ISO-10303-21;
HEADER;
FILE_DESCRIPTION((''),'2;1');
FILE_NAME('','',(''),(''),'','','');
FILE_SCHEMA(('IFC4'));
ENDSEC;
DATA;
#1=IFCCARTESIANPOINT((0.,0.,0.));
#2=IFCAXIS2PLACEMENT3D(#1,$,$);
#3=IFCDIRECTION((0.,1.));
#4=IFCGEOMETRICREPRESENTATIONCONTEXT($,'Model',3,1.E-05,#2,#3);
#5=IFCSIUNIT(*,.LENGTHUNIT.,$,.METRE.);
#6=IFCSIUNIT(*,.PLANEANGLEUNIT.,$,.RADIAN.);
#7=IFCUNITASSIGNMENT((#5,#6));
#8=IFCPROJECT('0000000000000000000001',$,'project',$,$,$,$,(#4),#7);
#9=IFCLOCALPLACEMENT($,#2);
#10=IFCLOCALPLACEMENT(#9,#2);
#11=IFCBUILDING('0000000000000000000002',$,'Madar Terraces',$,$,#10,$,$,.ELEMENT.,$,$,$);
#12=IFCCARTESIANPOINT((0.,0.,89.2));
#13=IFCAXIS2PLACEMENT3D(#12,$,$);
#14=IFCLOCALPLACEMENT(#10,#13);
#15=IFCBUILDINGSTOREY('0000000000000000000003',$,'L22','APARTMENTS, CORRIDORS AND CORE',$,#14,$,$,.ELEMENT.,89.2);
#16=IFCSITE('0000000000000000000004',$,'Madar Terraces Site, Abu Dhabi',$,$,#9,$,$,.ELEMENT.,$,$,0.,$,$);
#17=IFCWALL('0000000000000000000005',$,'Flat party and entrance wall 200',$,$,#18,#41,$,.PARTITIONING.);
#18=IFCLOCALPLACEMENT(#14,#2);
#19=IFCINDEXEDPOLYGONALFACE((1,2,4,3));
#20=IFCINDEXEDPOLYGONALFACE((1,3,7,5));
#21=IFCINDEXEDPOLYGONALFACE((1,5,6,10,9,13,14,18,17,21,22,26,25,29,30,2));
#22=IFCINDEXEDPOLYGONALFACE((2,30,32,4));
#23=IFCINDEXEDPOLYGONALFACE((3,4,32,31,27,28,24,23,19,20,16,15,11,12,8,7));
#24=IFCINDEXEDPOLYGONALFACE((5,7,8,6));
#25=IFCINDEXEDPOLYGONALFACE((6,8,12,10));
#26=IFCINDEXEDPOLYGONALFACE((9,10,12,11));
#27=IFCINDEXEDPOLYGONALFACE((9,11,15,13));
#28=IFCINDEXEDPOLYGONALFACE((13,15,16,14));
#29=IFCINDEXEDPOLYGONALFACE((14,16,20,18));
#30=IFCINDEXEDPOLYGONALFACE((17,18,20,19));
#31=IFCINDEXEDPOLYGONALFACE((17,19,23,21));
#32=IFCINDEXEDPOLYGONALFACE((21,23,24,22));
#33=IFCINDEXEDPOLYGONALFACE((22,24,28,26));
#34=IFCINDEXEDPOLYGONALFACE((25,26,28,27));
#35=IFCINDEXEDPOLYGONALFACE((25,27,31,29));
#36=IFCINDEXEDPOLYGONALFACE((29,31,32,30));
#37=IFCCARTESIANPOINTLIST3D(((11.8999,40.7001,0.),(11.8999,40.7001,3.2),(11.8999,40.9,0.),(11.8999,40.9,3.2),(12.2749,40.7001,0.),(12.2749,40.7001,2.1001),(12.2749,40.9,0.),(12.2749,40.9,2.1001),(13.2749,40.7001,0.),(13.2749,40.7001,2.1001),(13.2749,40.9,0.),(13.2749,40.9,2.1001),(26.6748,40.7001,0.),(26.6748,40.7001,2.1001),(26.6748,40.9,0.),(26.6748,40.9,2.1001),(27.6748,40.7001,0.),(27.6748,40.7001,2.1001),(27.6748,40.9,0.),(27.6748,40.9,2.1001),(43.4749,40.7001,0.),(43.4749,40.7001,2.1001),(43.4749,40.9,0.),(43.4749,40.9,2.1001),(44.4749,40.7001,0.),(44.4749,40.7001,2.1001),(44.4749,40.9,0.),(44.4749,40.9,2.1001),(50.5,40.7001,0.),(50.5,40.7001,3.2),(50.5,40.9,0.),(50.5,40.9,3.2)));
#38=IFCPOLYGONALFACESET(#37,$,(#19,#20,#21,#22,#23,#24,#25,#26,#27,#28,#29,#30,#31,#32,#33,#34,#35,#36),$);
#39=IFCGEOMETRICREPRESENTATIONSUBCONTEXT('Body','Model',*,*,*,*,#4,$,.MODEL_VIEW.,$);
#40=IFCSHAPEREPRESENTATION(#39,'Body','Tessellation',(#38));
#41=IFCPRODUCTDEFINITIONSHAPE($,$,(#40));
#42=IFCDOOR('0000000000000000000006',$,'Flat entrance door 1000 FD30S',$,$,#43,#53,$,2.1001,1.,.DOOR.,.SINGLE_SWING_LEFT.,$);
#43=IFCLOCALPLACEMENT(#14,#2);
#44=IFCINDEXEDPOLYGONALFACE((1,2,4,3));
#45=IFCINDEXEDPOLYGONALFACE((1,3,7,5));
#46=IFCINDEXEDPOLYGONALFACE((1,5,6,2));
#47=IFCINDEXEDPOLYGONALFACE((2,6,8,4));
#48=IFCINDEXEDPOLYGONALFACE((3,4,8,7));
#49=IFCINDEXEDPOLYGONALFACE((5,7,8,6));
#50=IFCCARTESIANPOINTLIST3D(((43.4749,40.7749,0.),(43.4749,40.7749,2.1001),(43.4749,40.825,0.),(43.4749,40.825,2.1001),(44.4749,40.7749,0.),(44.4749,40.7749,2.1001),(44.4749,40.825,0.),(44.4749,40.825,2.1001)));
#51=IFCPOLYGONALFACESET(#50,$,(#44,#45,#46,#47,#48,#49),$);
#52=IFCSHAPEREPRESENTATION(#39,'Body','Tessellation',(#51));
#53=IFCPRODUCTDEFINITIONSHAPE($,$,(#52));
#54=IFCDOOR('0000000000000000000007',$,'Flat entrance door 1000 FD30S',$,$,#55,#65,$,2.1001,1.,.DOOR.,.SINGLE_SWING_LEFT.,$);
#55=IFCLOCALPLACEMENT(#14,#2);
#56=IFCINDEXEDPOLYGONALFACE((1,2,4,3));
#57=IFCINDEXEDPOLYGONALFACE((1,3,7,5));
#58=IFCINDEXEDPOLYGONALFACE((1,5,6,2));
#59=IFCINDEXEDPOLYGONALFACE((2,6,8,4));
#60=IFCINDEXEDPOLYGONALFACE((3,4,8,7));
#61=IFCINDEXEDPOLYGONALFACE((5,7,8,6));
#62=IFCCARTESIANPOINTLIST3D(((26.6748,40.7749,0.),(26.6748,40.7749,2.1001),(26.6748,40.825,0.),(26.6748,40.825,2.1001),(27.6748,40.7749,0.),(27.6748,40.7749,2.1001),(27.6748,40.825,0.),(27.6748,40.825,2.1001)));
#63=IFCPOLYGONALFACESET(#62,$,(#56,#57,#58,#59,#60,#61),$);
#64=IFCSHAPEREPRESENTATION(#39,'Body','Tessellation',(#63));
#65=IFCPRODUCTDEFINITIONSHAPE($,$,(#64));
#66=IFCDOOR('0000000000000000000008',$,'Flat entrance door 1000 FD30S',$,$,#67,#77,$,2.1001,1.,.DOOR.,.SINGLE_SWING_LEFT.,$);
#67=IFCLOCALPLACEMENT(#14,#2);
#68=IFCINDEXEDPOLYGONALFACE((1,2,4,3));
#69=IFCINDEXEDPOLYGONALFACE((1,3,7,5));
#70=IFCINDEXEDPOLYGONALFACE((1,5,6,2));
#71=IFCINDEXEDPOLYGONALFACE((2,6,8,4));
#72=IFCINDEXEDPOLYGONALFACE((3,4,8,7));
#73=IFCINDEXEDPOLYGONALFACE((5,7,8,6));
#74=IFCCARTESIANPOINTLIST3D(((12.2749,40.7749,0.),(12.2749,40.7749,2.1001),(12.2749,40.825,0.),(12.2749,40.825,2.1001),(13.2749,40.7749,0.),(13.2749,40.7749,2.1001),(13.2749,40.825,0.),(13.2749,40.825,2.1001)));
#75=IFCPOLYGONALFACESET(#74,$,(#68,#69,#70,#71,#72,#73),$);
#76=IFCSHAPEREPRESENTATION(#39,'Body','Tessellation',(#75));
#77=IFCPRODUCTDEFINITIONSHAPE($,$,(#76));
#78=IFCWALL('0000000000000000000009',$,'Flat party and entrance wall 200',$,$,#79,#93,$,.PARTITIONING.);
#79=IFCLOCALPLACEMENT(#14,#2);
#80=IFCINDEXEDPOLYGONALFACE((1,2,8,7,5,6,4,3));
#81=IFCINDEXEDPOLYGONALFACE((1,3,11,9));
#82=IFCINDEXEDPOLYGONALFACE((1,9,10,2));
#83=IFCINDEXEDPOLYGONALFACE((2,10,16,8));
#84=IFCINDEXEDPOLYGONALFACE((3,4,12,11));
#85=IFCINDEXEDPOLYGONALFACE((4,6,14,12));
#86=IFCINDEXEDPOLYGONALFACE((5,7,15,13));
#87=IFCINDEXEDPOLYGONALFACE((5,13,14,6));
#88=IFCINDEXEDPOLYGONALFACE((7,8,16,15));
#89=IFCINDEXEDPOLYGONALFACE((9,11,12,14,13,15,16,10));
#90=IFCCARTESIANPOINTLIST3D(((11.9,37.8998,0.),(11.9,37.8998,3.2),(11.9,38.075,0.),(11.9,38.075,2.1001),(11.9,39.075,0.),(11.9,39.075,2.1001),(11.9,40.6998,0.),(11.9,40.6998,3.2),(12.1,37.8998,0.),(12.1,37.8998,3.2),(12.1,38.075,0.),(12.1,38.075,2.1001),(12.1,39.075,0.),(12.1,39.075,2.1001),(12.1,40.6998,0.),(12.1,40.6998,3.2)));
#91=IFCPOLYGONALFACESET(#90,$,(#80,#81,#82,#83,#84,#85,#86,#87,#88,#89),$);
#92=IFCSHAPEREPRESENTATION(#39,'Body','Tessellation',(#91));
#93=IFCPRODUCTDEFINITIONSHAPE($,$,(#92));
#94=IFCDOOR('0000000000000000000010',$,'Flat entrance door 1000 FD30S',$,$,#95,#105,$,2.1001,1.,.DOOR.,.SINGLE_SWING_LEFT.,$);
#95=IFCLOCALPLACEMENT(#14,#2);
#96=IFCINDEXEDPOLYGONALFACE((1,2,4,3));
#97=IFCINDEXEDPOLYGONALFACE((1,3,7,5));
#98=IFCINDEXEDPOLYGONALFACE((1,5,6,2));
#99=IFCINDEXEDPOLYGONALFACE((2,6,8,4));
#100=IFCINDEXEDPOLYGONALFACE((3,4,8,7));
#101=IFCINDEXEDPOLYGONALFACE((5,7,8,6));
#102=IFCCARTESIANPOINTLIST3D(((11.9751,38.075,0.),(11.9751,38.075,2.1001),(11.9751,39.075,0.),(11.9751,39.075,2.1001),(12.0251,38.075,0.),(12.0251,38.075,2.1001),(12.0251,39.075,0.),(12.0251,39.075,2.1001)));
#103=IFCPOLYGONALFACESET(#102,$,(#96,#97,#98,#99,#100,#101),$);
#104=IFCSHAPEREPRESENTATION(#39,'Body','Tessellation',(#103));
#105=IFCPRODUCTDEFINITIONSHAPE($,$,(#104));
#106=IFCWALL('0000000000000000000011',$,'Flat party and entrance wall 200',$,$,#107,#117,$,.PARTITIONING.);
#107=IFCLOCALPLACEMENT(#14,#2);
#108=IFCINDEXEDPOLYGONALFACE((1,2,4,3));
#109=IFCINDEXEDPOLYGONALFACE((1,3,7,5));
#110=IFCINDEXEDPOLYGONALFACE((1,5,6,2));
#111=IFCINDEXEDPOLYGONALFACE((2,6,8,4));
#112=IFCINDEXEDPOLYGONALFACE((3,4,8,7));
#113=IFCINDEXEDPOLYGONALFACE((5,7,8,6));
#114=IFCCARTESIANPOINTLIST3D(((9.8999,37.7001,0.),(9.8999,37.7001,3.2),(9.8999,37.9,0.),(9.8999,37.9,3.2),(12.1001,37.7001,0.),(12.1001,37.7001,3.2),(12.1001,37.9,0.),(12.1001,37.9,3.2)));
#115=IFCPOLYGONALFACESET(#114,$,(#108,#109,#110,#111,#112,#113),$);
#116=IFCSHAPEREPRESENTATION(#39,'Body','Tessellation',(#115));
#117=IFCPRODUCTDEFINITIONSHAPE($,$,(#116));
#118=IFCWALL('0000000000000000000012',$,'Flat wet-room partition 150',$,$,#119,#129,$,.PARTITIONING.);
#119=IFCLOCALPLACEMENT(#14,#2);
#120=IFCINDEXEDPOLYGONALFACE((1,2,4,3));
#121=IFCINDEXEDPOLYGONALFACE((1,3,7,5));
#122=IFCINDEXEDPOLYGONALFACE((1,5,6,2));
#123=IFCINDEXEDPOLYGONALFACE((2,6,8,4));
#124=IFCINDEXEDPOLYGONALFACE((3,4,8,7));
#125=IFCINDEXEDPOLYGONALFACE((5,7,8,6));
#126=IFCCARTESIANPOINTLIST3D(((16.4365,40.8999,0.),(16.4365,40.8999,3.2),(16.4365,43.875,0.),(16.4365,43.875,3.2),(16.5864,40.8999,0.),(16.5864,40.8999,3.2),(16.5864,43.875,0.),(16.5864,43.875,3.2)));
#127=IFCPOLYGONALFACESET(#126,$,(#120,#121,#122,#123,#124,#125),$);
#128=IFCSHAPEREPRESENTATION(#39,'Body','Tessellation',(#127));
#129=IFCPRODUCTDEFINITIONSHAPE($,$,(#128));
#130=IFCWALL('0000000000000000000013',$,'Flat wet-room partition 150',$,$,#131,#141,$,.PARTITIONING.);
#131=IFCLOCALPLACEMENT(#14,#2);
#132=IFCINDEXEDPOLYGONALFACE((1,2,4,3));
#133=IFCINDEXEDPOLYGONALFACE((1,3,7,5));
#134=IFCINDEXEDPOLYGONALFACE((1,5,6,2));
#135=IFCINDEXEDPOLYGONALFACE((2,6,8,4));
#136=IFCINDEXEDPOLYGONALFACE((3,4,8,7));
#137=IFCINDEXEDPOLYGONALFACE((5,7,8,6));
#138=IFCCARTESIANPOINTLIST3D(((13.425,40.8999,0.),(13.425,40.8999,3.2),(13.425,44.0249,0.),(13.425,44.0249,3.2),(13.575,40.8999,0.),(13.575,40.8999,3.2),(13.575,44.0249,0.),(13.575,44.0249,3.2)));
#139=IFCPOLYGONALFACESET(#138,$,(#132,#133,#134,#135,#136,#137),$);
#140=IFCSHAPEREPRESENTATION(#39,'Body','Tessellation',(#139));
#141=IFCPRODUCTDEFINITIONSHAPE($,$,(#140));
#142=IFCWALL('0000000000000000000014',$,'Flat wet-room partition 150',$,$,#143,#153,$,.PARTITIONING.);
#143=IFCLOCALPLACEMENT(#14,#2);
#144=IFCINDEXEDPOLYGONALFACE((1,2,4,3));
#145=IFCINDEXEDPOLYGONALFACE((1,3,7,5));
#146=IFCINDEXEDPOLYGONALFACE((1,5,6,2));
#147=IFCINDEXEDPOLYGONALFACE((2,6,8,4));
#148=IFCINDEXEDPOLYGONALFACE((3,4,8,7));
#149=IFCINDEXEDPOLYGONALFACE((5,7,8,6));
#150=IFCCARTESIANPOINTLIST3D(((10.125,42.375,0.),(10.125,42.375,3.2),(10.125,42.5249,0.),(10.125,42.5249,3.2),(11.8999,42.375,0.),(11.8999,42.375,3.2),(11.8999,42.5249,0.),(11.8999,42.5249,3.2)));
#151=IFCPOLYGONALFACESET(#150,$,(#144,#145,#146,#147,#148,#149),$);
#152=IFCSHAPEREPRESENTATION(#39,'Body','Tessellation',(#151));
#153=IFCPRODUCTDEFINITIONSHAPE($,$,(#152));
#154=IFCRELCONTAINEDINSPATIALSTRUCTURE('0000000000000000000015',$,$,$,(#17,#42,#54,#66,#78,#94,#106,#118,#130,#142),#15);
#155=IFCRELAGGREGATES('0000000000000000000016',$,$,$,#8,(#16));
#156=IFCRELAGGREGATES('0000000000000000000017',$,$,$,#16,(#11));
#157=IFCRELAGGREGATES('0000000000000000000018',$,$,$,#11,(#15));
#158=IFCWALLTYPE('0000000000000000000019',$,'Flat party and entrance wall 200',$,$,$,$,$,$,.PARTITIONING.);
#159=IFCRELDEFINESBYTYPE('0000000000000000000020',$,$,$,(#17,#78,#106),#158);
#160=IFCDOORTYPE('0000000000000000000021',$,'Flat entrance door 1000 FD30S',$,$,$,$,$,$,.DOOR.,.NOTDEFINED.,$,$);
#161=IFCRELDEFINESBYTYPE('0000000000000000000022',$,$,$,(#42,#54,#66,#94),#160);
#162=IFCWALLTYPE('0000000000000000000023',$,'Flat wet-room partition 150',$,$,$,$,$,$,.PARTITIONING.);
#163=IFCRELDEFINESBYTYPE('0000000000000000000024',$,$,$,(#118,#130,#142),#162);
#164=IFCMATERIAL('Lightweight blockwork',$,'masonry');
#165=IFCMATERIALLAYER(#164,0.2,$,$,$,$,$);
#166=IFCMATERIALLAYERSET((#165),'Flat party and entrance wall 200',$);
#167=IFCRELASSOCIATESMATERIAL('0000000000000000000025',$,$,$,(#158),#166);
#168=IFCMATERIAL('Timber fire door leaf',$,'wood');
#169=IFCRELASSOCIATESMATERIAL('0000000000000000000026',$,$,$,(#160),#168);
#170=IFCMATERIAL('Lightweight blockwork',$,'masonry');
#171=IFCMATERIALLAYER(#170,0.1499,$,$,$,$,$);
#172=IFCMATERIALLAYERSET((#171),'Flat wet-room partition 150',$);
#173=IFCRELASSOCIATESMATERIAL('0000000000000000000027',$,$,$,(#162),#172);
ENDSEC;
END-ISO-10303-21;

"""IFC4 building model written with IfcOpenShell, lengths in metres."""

from ifc_helpers import new_model, si_unit, direction, frame, frame_2d, origin, place, context, subcontext, project, spatial, rectangle, extrude, material, layer, layer_set, type_object, element, fill, save


model = new_model("IFC4")

# Units and contexts
model_context = context("Model", 3, precision=1e-05, world=origin(), true_north=direction((0.0, 1.0)))
body_context = subcontext(model_context, "Body", "Model", "MODEL_VIEW")
ifc_project = project(units=[si_unit("LENGTHUNIT", "METRE"), si_unit("PLANEANGLEUNIT", "RADIAN")], contexts=[model_context])

# Site, building, storey
site_placement = place(None, origin())
site = spatial("IfcSite", under=ifc_project, at=site_placement, Name="Madar Terraces Site, Abu Dhabi", CompositionType="ELEMENT", RefElevation=0.0)
building_placement = place(site_placement, origin())
building = spatial("IfcBuilding", under=site, at=building_placement, Name="Madar Terraces", CompositionType="ELEMENT")
storey_placement = place(building_placement, frame((0.0, 0.0, 89.2)))
storey = spatial("IfcBuildingStorey", under=building, at=storey_placement, Name="L22", Description="APARTMENTS, CORRIDORS AND CORE", CompositionType="ELEMENT", Elevation=89.2)

# Wall, openings, doors
ifc_material_1 = material(Name="Lightweight blockwork", Category="masonry")
ifc_layer_1 = layer(ifc_material_1, 0.2)
ifc_layer_set_1 = layer_set([ifc_layer_1], Name="Flat party and entrance wall 200")
wall_type_1 = type_object("IfcWallType", Name="Flat party and entrance wall 200", PredefinedType="PARTITIONING", material=ifc_layer_set_1)
wall_1_placement = place(storey_placement, frame((11.8999, 40.8, 0.0), z_axis=(0.0, 0.0, 1.0), x_axis=(1.0, 0.0, 0.0)))
wall_1 = element("IfcWall", 1, at=wall_1_placement, inside=storey, type_object=wall_type_1, Name="Flat party and entrance wall 200", PredefinedType="PARTITIONING", context=body_context, shape_type="SweptSolid", body=[
    extrude(rectangle(XDim=38.6001, YDim=0.2, at=frame_2d((19.3, 0.0))), origin(), (0.0, 0.0, 1.0), 3.2),
])
opening_1_placement = place(wall_1_placement, frame((31.575, 0.0, 0.0)))
opening_1 = element("IfcOpeningElement", 2, at=opening_1_placement, cuts=wall_1, PredefinedType="OPENING", context=body_context, shape_type="SweptSolid", body=[
    extrude(rectangle(XDim=1.0, YDim=2.1001, at=frame_2d((0.5, 1.05))), frame((0.0, 0.1099, 0.0), z_axis=(0.0, -1.0, 0.0), x_axis=(1.0, 0.0, 0.0)), (0.0, 0.0, 1.0), 0.22),
])
opening_2_placement = place(wall_1_placement, frame((14.7749, 0.0, 0.0)))
opening_2 = element("IfcOpeningElement", 3, at=opening_2_placement, cuts=wall_1, PredefinedType="OPENING", context=body_context, shape_type="SweptSolid", body=[
    extrude(rectangle(XDim=1.0, YDim=2.1001, at=frame_2d((0.5, 1.05))), frame((0.0, 0.1099, 0.0), z_axis=(0.0, -1.0, 0.0), x_axis=(1.0, 0.0, 0.0)), (0.0, 0.0, 1.0), 0.22),
])
opening_3_placement = place(wall_1_placement, frame((0.375, 0.0, 0.0)))
opening_3 = element("IfcOpeningElement", 4, at=opening_3_placement, cuts=wall_1, PredefinedType="OPENING", context=body_context, shape_type="SweptSolid", body=[
    extrude(rectangle(XDim=1.0, YDim=2.1001, at=frame_2d((0.5, 1.05))), frame((0.0, 0.1099, 0.0), z_axis=(0.0, -1.0, 0.0), x_axis=(1.0, 0.0, 0.0)), (0.0, 0.0, 1.0), 0.22),
])
ifc_material_2 = material(Name="Timber fire door leaf", Category="wood")
door_type_1 = type_object("IfcDoorType", Name="Flat entrance door 1000 FD30S", OperationType="NOTDEFINED", PredefinedType="DOOR", material=ifc_material_2)
door_1_placement = place(opening_1_placement, origin())
door_1 = element("IfcDoor", 5, at=door_1_placement, inside=storey, type_object=door_type_1, Name="Flat entrance door 1000 FD30S", OperationType="SINGLE_SWING_LEFT", OverallHeight=2.1001, OverallWidth=1.0, PredefinedType="DOOR", context=body_context, shape_type="SweptSolid", body=[
    extrude(rectangle(XDim=1.0, YDim=2.1001, at=frame_2d((0.5, 1.05))), frame((0.0, 0.0249, 0.0), z_axis=(0.0, -1.0, 0.0), x_axis=(1.0, 0.0, 0.0)), (0.0, 0.0, 1.0), 0.05),
])
fill(opening_1, door_1)
door_2_placement = place(opening_2_placement, origin())
door_2 = element("IfcDoor", 6, at=door_2_placement, inside=storey, type_object=door_type_1, Name="Flat entrance door 1000 FD30S", OperationType="SINGLE_SWING_LEFT", OverallHeight=2.1001, OverallWidth=1.0, PredefinedType="DOOR", context=body_context, shape_type="SweptSolid", body=[
    extrude(rectangle(XDim=1.0, YDim=2.1001, at=frame_2d((0.5, 1.05))), frame((0.0, 0.0249, 0.0), z_axis=(0.0, -1.0, 0.0), x_axis=(1.0, 0.0, 0.0)), (0.0, 0.0, 1.0), 0.05),
])
fill(opening_2, door_2)
door_3_placement = place(opening_3_placement, origin())
door_3 = element("IfcDoor", 7, at=door_3_placement, inside=storey, type_object=door_type_1, Name="Flat entrance door 1000 FD30S", OperationType="SINGLE_SWING_LEFT", OverallHeight=2.1001, OverallWidth=1.0, PredefinedType="DOOR", context=body_context, shape_type="SweptSolid", body=[
    extrude(rectangle(XDim=1.0, YDim=2.1001, at=frame_2d((0.5, 1.05))), frame((0.0, 0.0249, 0.0), z_axis=(0.0, -1.0, 0.0), x_axis=(1.0, 0.0, 0.0)), (0.0, 0.0, 1.0), 0.05),
])
fill(opening_3, door_3)

# Wall, opening, door
wall_2_placement = place(storey_placement, frame((12.0, 37.8999, 0.0), z_axis=(0.0, 0.0, 1.0), x_axis=(0.0, 1.0, 0.0)))
wall_2 = element("IfcWall", 8, at=wall_2_placement, inside=storey, type_object=wall_type_1, Name="Flat party and entrance wall 200", PredefinedType="PARTITIONING", context=body_context, shape_type="SweptSolid", body=[
    extrude(rectangle(XDim=2.8, YDim=0.2, at=frame_2d((1.3999, 0.0))), origin(), (0.0, 0.0, 1.0), 3.2),
])
opening_4_placement = place(wall_2_placement, frame((0.175, 0.0, 0.0)))
opening_4 = element("IfcOpeningElement", 9, at=opening_4_placement, cuts=wall_2, PredefinedType="OPENING", context=body_context, shape_type="SweptSolid", body=[
    extrude(rectangle(XDim=1.0, YDim=2.1001, at=frame_2d((0.5, 1.05))), frame((0.0, 0.1099, 0.0), z_axis=(0.0, -1.0, 0.0), x_axis=(1.0, 0.0, 0.0)), (0.0, 0.0, 1.0), 0.22),
])
door_4_placement = place(opening_4_placement, origin())
door_4 = element("IfcDoor", 10, at=door_4_placement, inside=storey, type_object=door_type_1, Name="Flat entrance door 1000 FD30S", OperationType="SINGLE_SWING_LEFT", OverallHeight=2.1001, OverallWidth=1.0, PredefinedType="DOOR", context=body_context, shape_type="SweptSolid", body=[
    extrude(rectangle(XDim=1.0, YDim=2.1001, at=frame_2d((0.5, 1.05))), frame((0.0, 0.0249, 0.0), z_axis=(0.0, -1.0, 0.0), x_axis=(1.0, 0.0, 0.0)), (0.0, 0.0, 1.0), 0.05),
])
fill(opening_4, door_4)

# Walls
wall_3_placement = place(storey_placement, frame((12.1001, 37.8, 0.0), z_axis=(0.0, 0.0, 1.0), x_axis=(-1.0, 0.0, 0.0)))
element("IfcWall", 11, at=wall_3_placement, inside=storey, type_object=wall_type_1, Name="Flat party and entrance wall 200", PredefinedType="PARTITIONING", context=body_context, shape_type="SweptSolid", body=[
    extrude(rectangle(XDim=2.2002, YDim=0.2, at=frame_2d((1.1001, 0.0))), origin(), (0.0, 0.0, 1.0), 3.2),
])
ifc_material_3 = material(Name="Lightweight blockwork", Category="masonry")
ifc_layer_2 = layer(ifc_material_3, 0.1499)
ifc_layer_set_2 = layer_set([ifc_layer_2], Name="Flat wet-room partition 150")
wall_type_2 = type_object("IfcWallType", Name="Flat wet-room partition 150", PredefinedType="PARTITIONING", material=ifc_layer_set_2)
wall_4_placement = place(storey_placement, frame((16.5115, 40.8999, 0.0), z_axis=(0.0, 0.0, 1.0), x_axis=(0.0, 1.0, 0.0)))
element("IfcWall", 12, at=wall_4_placement, inside=storey, type_object=wall_type_2, Name="Flat wet-room partition 150", PredefinedType="PARTITIONING", context=body_context, shape_type="SweptSolid", body=[
    extrude(rectangle(XDim=2.9751, YDim=0.1499, at=frame_2d((1.4875, 0.0))), origin(), (0.0, 0.0, 1.0), 3.2),
])
wall_5_placement = place(storey_placement, frame((13.5, 40.8999, 0.0), z_axis=(0.0, 0.0, 1.0), x_axis=(0.0, 1.0, 0.0)))
element("IfcWall", 13, at=wall_5_placement, inside=storey, type_object=wall_type_2, Name="Flat wet-room partition 150", PredefinedType="PARTITIONING", context=body_context, shape_type="SweptSolid", body=[
    extrude(rectangle(XDim=3.125, YDim=0.1499, at=frame_2d((1.5625, 0.0))), origin(), (0.0, 0.0, 1.0), 3.2),
])
wall_6_placement = place(storey_placement, frame((11.8999, 42.45, 0.0), z_axis=(0.0, 0.0, 1.0), x_axis=(-1.0, 0.0, 0.0)))
element("IfcWall", 14, at=wall_6_placement, inside=storey, type_object=wall_type_2, Name="Flat wet-room partition 150", PredefinedType="PARTITIONING", context=body_context, shape_type="SweptSolid", body=[
    extrude(rectangle(XDim=1.7749, YDim=0.1499, at=frame_2d((0.8875, 0.0))), origin(), (0.0, 0.0, 1.0), 3.2),
])

save(model, "model.ifc")
